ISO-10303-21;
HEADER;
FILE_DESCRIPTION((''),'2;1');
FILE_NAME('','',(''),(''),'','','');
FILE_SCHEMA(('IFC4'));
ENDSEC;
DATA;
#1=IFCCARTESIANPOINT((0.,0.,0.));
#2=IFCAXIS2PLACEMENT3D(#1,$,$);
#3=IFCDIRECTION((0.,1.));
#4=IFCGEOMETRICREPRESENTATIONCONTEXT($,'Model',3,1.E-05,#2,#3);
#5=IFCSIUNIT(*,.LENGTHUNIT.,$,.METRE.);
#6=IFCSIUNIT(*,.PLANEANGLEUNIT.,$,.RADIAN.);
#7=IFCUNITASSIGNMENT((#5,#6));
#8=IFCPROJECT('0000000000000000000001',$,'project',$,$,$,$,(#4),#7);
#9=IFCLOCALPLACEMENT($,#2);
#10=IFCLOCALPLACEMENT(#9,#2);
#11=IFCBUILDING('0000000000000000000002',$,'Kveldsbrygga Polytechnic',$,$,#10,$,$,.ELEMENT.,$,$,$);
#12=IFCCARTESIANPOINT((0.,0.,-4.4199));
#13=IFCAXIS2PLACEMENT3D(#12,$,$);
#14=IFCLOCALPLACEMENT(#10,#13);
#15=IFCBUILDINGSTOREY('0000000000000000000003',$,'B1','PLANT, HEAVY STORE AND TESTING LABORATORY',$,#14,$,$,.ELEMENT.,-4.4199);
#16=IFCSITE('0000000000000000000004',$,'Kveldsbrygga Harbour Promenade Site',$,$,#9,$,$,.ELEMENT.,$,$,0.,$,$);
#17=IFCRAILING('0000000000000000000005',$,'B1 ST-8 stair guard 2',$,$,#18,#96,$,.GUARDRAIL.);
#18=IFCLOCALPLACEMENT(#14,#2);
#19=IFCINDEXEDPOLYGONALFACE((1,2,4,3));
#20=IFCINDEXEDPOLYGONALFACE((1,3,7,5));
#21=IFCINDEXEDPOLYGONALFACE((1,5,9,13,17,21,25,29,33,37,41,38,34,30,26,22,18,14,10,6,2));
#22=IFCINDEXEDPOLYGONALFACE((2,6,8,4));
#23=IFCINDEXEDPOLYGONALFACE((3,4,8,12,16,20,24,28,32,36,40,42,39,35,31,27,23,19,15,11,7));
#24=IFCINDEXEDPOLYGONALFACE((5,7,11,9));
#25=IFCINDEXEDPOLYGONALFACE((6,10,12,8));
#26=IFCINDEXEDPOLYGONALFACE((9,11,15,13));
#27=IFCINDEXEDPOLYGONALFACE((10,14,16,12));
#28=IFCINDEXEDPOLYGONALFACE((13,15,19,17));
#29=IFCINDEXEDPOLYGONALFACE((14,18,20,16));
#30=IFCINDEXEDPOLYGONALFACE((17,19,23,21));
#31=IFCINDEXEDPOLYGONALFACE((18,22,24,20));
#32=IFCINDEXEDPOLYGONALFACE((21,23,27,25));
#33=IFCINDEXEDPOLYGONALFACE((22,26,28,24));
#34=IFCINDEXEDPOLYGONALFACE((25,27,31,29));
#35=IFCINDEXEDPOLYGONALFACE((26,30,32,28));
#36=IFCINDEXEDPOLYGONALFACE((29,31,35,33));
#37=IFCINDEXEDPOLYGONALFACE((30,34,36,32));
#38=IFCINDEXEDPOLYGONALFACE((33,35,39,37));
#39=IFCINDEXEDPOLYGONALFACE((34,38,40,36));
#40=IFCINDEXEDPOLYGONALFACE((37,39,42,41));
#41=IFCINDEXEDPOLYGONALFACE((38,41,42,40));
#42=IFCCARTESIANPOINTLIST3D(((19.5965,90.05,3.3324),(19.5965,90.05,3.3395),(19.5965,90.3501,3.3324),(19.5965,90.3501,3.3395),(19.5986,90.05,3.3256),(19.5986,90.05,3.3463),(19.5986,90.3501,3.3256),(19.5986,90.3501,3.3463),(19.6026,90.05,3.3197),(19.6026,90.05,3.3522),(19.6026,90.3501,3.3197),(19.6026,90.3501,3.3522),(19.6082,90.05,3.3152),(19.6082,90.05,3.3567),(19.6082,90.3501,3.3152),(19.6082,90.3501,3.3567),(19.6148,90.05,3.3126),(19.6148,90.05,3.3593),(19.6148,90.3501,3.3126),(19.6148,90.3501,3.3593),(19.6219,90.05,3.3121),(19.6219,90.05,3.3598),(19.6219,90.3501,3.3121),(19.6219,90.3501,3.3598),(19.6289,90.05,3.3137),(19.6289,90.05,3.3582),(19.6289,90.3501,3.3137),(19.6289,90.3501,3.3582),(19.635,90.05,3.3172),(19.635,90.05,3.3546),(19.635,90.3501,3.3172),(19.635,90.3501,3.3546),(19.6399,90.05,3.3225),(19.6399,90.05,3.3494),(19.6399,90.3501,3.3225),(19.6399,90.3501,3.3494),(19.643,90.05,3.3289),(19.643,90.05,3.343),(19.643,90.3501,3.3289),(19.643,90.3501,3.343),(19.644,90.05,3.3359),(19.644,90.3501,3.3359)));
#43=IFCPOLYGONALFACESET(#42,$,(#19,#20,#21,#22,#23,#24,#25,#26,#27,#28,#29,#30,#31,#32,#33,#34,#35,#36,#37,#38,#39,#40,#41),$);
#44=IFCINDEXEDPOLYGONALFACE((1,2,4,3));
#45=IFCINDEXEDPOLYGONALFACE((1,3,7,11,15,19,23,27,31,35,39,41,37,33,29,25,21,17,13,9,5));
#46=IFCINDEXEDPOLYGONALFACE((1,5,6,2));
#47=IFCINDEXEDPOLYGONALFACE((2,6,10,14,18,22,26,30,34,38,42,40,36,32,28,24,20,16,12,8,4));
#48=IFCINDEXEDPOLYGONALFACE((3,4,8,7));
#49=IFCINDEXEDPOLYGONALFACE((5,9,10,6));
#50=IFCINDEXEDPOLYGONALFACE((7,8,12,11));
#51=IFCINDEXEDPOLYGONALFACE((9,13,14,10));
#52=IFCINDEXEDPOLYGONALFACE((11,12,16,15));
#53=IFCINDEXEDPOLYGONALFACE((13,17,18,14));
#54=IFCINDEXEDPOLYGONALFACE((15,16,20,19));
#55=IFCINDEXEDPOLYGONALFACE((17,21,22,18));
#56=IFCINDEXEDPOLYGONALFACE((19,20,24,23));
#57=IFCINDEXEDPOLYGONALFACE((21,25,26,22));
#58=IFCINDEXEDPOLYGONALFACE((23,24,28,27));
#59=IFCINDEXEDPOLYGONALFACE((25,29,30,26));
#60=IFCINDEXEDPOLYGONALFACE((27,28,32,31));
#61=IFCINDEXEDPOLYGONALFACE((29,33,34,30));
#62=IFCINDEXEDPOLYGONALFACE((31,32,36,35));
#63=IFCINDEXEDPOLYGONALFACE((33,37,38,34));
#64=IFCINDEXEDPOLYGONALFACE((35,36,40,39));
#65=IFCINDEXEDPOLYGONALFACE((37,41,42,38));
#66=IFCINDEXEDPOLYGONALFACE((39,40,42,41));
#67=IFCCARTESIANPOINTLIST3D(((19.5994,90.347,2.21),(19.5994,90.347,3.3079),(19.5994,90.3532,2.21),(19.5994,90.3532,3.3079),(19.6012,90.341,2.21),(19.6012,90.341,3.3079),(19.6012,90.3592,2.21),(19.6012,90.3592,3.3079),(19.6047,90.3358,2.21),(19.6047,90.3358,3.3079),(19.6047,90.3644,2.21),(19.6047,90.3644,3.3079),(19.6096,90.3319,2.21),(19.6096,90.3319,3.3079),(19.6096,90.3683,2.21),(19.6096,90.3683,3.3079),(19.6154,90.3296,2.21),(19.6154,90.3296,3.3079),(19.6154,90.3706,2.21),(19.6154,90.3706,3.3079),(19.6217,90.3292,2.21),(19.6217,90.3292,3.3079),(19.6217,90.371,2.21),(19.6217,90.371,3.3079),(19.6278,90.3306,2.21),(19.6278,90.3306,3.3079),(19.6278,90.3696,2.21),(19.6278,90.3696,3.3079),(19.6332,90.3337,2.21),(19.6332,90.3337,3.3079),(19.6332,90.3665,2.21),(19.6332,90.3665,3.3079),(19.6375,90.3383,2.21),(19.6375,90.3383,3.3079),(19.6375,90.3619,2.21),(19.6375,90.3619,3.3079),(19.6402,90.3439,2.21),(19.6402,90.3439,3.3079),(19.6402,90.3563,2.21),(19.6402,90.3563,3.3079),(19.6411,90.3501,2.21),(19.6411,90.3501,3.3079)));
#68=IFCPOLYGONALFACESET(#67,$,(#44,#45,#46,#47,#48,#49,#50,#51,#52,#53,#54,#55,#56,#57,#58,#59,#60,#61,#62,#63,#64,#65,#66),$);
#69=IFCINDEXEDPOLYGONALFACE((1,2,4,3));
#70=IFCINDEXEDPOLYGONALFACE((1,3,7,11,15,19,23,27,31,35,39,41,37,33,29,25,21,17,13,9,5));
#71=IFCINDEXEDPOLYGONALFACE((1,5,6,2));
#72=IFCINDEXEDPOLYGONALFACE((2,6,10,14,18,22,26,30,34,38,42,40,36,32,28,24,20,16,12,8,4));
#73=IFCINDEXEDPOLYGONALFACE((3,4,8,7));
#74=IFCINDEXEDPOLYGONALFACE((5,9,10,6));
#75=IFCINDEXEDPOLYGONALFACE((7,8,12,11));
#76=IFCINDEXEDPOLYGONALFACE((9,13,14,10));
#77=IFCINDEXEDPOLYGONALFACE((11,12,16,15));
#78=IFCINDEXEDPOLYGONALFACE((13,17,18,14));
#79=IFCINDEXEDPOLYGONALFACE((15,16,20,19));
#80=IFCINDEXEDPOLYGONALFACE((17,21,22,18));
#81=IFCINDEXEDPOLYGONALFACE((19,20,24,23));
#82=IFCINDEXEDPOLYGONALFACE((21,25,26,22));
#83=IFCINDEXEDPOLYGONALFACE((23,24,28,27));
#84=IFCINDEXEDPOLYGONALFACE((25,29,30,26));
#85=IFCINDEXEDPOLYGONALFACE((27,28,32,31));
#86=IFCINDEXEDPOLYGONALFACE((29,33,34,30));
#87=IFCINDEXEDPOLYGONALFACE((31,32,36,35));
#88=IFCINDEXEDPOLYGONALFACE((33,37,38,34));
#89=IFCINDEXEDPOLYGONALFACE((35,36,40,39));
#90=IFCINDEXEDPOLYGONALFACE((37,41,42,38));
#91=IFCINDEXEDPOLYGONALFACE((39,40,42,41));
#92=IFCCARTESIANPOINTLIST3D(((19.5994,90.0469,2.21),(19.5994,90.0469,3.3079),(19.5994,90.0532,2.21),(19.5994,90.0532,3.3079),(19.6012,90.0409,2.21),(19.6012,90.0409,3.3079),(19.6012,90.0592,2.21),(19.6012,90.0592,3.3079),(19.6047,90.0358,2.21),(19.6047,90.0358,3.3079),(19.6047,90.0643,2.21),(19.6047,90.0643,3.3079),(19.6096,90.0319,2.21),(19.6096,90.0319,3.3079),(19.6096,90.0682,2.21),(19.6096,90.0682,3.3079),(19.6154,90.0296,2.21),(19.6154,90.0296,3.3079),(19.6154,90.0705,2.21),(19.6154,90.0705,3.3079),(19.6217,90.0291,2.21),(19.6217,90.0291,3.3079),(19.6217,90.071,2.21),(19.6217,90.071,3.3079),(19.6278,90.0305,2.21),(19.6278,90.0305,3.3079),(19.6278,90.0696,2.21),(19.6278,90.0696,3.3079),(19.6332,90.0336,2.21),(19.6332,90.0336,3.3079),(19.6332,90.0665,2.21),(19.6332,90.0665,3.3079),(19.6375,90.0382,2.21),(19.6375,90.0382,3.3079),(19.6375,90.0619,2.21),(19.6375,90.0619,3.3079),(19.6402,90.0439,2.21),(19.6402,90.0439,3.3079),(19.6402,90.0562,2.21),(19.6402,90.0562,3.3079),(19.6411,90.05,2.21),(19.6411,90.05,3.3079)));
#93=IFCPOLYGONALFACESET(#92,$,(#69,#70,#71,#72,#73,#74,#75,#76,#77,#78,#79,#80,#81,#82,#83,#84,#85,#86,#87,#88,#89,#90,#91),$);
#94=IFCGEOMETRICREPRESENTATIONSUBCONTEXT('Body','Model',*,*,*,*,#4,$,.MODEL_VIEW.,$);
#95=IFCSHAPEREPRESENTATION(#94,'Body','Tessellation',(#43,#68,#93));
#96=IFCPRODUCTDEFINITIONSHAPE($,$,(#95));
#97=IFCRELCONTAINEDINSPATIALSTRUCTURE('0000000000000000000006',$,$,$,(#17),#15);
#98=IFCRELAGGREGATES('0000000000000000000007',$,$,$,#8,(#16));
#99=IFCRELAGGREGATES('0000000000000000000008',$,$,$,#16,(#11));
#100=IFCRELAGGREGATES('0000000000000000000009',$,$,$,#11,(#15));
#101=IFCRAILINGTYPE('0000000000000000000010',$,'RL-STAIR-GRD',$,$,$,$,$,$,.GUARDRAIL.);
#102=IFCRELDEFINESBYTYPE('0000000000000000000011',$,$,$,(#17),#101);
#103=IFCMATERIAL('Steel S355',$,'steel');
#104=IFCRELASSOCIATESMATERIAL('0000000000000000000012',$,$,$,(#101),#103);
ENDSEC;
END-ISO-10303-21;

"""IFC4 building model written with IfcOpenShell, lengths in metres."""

from ifc_helpers import new_model, si_unit, direction, frame, origin, origin_2d, place, context, subcontext, project, spatial, circle, extrude, material, type_object, element, save


model = new_model("IFC4")

# Units and contexts
model_context = context("Model", 3, precision=1e-05, world=origin(), true_north=direction((0.0, 1.0)))
body_context = subcontext(model_context, "Body", "Model", "MODEL_VIEW")
ifc_project = project(units=[si_unit("LENGTHUNIT", "METRE"), si_unit("PLANEANGLEUNIT", "RADIAN")], contexts=[model_context])

# Site, building, storey
site_placement = place(None, origin())
site = spatial("IfcSite", under=ifc_project, at=site_placement, Name="Kveldsbrygga Harbour Promenade Site", CompositionType="ELEMENT", RefElevation=0.0)
building_placement = place(site_placement, origin())
building = spatial("IfcBuilding", under=site, at=building_placement, Name="Kveldsbrygga Polytechnic", CompositionType="ELEMENT")
storey_placement = place(building_placement, frame((0.0, 0.0, -4.4199)))
storey = spatial("IfcBuildingStorey", under=building, at=storey_placement, Name="B1", Description="PLANT, HEAVY STORE AND TESTING LABORATORY", CompositionType="ELEMENT", Elevation=-4.4199)

# Railing
ifc_material_1 = material(Name="Steel S355", Category="steel")
railing_type_1 = type_object("IfcRailingType", Name="RL-STAIR-GRD", PredefinedType="GUARDRAIL", material=ifc_material_1)
railing_1_placement = place(storey_placement, frame((19.6201, 90.3501, 2.21)))
element("IfcRailing", 1, at=railing_1_placement, inside=storey, type_object=railing_type_1, Name="B1 ST-8 stair guard 2", PredefinedType="GUARDRAIL", context=body_context, shape_type="SweptSolid", body=[
    extrude(circle(Radius=0.0239, at=origin_2d()), frame((0.0, 0.0, 1.126), z_axis=(0.0, -1.0, 0.0), x_axis=(1.0, 0.0, 0.0)), (0.0, 0.0, 1.0), 0.3),
    extrude(circle(Radius=0.021, at=origin_2d()), origin(), (0.0, 0.0, 1.0), 1.0979),
    extrude(circle(Radius=0.021, at=origin_2d()), frame((0.0, -0.3, 0.0)), (0.0, 0.0, 1.0), 1.0979),
])

save(model, "model.ifc")
